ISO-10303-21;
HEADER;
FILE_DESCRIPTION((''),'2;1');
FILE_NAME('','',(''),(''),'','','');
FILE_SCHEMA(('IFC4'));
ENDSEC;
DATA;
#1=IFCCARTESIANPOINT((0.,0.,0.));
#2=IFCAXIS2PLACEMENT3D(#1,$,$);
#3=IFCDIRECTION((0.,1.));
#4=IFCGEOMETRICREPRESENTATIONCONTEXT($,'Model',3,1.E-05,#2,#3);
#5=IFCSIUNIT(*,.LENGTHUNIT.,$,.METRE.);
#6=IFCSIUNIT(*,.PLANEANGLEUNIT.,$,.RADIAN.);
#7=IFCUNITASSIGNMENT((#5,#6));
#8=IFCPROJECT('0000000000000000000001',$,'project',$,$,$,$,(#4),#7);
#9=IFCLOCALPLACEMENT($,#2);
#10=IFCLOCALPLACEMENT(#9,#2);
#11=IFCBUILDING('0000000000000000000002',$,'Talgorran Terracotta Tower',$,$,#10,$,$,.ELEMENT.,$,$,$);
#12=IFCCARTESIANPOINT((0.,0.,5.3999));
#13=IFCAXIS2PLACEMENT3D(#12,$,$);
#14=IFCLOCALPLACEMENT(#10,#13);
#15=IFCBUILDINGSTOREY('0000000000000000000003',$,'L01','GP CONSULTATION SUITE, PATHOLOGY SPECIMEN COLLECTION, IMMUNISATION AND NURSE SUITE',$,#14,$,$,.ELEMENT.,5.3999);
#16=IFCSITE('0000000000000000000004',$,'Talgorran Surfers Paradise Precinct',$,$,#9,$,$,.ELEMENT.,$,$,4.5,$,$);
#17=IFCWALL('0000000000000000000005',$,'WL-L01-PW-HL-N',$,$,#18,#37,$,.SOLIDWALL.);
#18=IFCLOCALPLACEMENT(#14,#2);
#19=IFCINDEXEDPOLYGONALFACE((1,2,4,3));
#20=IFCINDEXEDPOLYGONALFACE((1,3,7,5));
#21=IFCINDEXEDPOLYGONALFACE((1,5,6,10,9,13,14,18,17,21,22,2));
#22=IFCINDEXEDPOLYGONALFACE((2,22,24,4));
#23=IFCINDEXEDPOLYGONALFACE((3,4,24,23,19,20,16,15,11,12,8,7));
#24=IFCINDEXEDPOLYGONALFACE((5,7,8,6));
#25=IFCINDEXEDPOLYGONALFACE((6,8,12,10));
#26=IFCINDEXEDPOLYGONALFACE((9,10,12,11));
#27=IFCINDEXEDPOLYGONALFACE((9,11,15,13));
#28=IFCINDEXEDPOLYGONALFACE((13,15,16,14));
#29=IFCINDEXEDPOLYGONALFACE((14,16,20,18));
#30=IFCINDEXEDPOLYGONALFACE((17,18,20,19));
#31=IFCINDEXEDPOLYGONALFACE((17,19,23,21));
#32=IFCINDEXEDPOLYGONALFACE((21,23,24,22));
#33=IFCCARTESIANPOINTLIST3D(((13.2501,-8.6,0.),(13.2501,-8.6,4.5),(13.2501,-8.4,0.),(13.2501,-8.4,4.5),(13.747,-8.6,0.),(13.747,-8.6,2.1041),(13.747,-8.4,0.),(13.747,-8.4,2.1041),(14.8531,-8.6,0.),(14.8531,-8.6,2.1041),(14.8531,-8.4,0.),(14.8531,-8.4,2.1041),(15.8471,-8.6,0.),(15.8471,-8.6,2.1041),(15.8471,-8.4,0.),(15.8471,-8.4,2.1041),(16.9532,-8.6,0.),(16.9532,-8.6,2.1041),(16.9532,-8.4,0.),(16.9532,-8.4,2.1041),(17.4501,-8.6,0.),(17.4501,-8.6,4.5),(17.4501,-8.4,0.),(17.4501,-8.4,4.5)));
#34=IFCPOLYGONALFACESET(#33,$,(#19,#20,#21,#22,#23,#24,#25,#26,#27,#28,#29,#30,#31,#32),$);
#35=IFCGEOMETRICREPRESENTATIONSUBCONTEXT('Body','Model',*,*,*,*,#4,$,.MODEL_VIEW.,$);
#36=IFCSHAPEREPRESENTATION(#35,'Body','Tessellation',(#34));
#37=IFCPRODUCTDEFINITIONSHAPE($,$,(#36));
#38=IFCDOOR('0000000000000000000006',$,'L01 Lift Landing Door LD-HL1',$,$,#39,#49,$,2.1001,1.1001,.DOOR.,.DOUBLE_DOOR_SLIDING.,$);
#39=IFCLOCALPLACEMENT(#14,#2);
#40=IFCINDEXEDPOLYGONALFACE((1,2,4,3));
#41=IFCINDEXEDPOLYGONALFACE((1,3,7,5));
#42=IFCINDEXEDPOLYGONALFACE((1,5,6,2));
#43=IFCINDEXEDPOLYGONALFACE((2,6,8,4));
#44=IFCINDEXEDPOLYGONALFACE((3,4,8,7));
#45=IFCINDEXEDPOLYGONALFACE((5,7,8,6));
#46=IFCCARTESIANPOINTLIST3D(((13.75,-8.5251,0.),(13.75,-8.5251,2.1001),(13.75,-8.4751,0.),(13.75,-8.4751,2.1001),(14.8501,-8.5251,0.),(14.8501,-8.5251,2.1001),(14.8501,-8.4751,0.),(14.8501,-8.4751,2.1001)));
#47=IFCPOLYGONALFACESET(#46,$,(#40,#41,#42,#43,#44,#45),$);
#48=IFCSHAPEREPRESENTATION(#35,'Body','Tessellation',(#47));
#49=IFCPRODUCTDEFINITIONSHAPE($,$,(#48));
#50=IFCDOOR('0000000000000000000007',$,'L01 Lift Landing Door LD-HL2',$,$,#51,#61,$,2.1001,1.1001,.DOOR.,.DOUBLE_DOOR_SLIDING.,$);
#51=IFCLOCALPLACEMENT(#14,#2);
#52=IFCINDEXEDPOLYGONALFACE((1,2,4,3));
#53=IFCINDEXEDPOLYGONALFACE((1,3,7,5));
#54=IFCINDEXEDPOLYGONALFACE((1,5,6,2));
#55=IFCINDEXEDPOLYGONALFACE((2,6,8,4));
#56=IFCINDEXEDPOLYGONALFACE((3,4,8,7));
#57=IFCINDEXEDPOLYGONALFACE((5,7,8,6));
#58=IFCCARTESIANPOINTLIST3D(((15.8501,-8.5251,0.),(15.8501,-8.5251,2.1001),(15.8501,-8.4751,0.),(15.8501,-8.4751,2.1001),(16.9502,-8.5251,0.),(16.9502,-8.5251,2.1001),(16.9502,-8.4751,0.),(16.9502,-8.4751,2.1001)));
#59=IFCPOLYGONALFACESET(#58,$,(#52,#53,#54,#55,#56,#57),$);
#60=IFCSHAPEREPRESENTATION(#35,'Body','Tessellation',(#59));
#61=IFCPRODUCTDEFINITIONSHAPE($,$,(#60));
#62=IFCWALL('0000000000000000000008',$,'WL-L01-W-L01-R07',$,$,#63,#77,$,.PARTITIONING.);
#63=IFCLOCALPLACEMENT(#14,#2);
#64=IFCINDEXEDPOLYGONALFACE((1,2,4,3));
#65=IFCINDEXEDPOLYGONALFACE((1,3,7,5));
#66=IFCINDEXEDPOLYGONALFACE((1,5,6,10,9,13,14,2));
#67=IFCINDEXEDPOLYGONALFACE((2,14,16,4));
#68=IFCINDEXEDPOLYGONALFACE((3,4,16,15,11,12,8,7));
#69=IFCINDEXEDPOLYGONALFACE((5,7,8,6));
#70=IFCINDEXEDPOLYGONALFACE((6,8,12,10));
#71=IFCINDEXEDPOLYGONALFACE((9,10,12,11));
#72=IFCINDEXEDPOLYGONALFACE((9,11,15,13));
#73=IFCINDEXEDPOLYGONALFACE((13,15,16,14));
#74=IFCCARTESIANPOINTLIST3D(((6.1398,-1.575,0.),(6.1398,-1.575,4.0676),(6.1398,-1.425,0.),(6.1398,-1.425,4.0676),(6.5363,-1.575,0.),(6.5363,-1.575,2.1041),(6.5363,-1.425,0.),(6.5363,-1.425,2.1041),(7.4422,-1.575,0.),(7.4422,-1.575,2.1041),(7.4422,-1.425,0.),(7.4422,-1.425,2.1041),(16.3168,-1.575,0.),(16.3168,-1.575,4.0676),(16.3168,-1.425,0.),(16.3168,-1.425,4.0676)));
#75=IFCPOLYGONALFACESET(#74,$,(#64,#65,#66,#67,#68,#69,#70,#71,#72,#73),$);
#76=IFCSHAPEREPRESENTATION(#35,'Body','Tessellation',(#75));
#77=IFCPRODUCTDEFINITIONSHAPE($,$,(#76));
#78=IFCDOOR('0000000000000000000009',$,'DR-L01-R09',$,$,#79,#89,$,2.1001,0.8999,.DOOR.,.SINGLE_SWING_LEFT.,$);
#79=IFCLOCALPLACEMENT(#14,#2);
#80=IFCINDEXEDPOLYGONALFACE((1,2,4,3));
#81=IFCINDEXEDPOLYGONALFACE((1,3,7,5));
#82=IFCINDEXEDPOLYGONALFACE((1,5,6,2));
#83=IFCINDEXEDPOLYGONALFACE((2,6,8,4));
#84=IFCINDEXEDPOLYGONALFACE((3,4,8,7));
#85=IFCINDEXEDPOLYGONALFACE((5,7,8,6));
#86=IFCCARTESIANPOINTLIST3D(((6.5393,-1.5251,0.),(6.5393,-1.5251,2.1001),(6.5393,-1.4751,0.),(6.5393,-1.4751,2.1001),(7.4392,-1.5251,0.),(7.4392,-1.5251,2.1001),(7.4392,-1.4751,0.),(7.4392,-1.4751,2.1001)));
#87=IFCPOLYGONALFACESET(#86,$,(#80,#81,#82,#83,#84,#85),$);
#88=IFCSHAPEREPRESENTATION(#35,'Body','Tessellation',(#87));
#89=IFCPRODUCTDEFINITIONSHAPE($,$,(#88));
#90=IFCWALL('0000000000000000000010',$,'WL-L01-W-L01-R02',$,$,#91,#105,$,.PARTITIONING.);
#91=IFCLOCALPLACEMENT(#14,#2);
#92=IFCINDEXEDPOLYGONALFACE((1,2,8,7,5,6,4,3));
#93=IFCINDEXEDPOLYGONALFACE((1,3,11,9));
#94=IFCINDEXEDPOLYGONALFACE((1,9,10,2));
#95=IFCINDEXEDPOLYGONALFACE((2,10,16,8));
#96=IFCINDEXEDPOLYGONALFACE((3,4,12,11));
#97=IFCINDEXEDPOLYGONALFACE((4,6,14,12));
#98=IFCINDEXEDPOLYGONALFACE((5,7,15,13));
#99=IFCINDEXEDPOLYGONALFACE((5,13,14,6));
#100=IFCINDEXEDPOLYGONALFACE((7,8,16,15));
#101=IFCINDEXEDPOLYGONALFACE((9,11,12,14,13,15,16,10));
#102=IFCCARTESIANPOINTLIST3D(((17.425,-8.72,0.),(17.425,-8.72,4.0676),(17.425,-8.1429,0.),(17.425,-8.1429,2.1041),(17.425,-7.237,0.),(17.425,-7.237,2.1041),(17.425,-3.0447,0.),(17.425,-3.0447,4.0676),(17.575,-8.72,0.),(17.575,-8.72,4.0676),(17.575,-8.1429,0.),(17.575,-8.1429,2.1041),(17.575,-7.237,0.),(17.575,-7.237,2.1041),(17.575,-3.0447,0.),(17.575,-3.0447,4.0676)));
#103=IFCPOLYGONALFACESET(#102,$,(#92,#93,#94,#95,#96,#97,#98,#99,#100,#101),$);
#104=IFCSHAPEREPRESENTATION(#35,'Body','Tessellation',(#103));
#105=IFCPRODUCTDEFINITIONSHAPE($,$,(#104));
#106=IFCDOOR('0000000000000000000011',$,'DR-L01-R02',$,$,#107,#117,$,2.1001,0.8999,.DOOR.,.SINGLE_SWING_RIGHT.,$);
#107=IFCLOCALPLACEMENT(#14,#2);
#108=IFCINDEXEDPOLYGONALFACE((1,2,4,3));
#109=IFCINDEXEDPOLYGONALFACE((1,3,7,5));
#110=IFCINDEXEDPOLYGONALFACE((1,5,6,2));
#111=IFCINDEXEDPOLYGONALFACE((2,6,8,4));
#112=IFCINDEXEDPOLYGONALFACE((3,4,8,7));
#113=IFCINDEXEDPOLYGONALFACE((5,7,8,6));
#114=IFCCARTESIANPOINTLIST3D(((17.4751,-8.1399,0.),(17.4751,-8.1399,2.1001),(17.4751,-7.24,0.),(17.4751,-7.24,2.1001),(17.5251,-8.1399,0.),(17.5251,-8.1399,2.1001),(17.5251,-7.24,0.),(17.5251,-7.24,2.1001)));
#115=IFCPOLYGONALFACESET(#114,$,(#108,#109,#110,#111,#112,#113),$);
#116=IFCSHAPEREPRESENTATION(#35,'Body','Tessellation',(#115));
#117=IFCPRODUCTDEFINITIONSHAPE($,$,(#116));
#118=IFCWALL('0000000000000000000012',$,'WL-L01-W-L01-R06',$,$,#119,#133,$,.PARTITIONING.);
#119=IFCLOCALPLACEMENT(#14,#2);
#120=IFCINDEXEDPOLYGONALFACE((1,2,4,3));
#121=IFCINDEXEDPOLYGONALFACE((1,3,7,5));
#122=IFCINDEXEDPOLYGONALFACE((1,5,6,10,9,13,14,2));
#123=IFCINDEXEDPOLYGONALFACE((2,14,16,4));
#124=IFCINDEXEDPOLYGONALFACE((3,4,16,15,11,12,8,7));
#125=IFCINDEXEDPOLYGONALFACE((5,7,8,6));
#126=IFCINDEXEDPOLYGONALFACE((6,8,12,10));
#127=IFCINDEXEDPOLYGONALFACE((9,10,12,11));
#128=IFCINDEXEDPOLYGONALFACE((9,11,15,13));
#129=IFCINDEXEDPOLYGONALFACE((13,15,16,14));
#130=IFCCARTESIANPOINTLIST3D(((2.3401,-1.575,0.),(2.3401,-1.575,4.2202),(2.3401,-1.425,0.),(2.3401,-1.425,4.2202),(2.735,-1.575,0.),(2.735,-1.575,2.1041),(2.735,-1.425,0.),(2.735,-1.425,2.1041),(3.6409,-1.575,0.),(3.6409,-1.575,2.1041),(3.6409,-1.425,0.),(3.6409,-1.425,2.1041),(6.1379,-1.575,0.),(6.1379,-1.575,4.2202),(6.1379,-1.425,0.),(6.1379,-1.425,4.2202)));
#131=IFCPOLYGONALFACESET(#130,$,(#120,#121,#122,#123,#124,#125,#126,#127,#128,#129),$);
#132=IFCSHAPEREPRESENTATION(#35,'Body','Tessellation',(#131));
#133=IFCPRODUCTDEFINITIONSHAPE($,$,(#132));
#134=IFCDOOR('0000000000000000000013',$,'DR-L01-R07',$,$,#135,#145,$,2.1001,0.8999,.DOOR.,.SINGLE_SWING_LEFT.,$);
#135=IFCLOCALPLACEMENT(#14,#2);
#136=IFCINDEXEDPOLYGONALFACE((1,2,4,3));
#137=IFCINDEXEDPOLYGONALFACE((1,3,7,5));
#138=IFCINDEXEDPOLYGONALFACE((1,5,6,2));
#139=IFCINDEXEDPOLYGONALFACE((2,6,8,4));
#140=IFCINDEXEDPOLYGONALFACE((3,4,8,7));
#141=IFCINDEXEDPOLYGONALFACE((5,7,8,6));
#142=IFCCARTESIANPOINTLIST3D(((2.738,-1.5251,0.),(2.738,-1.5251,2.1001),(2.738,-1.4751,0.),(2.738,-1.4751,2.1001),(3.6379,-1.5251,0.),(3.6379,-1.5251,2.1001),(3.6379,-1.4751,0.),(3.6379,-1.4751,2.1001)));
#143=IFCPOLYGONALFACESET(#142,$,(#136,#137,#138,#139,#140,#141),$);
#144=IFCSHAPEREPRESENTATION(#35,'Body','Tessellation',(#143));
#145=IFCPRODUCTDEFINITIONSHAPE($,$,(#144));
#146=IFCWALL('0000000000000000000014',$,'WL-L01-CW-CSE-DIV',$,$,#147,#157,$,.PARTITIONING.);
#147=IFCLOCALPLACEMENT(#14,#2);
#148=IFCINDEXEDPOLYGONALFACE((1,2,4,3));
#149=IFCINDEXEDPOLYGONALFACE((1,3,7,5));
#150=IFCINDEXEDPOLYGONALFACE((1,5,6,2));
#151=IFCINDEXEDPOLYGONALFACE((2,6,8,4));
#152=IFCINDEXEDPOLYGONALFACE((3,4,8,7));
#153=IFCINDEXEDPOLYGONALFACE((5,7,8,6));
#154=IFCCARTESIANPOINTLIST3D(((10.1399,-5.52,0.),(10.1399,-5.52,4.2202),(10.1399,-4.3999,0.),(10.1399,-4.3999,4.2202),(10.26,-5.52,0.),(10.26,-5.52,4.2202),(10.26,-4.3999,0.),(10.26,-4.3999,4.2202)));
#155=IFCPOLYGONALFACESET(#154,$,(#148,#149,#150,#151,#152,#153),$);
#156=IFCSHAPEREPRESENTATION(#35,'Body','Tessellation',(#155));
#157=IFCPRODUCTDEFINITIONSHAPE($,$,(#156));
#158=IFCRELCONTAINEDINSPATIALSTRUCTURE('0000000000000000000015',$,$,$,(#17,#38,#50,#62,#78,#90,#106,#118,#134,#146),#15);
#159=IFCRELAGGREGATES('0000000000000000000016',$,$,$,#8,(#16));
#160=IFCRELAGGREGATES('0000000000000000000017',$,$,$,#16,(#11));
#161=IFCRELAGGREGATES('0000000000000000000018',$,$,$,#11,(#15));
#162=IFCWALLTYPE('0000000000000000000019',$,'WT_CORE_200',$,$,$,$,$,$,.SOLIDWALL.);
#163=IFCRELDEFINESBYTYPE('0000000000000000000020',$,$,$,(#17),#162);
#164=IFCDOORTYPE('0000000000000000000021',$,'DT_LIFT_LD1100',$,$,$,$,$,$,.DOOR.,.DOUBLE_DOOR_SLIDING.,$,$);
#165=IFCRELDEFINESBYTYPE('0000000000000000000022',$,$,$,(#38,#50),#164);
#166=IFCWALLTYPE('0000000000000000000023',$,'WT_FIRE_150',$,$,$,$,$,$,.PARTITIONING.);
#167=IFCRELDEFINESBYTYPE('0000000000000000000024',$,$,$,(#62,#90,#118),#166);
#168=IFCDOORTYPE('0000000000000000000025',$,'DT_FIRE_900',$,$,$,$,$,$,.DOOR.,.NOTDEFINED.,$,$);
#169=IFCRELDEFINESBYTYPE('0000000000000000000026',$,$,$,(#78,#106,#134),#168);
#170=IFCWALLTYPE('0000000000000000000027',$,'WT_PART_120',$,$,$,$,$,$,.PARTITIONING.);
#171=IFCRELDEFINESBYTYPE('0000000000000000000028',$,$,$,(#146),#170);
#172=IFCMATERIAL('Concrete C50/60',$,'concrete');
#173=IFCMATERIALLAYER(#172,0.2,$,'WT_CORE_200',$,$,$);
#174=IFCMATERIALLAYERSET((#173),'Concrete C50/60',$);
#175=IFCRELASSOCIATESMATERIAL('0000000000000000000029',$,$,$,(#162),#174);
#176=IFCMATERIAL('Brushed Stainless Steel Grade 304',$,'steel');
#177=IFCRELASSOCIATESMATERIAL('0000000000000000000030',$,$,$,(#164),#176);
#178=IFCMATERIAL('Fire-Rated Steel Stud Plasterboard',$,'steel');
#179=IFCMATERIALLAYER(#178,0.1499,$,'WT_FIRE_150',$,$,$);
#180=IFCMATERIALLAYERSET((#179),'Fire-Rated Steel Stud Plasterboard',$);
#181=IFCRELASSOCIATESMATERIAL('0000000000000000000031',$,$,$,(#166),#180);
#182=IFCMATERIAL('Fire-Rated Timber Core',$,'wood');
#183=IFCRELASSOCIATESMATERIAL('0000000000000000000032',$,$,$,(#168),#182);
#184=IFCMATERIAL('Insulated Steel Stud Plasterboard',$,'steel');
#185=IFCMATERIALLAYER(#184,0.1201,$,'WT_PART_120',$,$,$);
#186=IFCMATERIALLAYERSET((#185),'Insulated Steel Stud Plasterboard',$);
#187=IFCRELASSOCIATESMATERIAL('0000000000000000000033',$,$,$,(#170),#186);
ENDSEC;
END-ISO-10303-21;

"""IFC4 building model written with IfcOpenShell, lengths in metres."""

from ifc_helpers import new_model, si_unit, direction, frame, frame_2d, origin, place, context, subcontext, project, spatial, rectangle, extrude, material, layer, layer_set, type_object, element, fill, save


model = new_model("IFC4")

# Units and contexts
model_context = context("Model", 3, precision=1e-05, world=origin(), true_north=direction((0.0, 1.0)))
body_context = subcontext(model_context, "Body", "Model", "MODEL_VIEW")
ifc_project = project(units=[si_unit("LENGTHUNIT", "METRE"), si_unit("PLANEANGLEUNIT", "RADIAN")], contexts=[model_context])

# Site, building, storey
site_placement = place(None, origin())
site = spatial("IfcSite", under=ifc_project, at=site_placement, Name="Talgorran Surfers Paradise Precinct", CompositionType="ELEMENT", RefElevation=4.5)
building_placement = place(site_placement, origin())
building = spatial("IfcBuilding", under=site, at=building_placement, Name="Talgorran Terracotta Tower", CompositionType="ELEMENT")
storey_placement = place(building_placement, frame((0.0, 0.0, 5.3999)))
storey = spatial("IfcBuildingStorey", under=building, at=storey_placement, Name="L01", Description="GP CONSULTATION SUITE, PATHOLOGY SPECIMEN COLLECTION, IMMUNISATION AND NURSE SUITE", CompositionType="ELEMENT", Elevation=5.3999)

# Shared definitions
ifc_material_1 = material(Name="Concrete C50/60", Category="concrete")

# Shared definitions
ifc_layer_1 = layer(ifc_material_1, 0.2, Name="WT_CORE_200")
ifc_layer_set_1 = layer_set([ifc_layer_1], Name="Concrete C50/60")
wall_type_1 = type_object("IfcWallType", Name="WT_CORE_200", PredefinedType="SOLIDWALL", material=ifc_layer_set_1)

# Wall, openings, doors
wall_1_placement = place(storey_placement, frame((13.25, -8.5, 0.0), z_axis=(0.0, 0.0, 1.0), x_axis=(1.0, 0.0, 0.0)))
wall_1 = element("IfcWall", 1, at=wall_1_placement, inside=storey, type_object=wall_type_1, Name="WL-L01-PW-HL-N", PredefinedType="SOLIDWALL", context=body_context, shape_type="SweptSolid", body=[
    extrude(rectangle(XDim=4.2, YDim=0.2, at=frame_2d((2.1001, 0.0))), origin(), (0.0, 0.0, 1.0), 4.5),
])
opening_1_placement = place(wall_1_placement, frame((0.5, 0.0, 0.0)))
opening_1 = element("IfcOpeningElement", 2, at=opening_1_placement, cuts=wall_1, PredefinedType="OPENING", context=body_context, shape_type="SweptSolid", body=[
    extrude(rectangle(XDim=1.1061, YDim=2.1041, at=frame_2d((0.55, 1.052))), frame((0.0, 0.1099, 0.0), z_axis=(0.0, -1.0, 0.0), x_axis=(1.0, 0.0, 0.0)), (0.0, 0.0, 1.0), 0.22),
])
opening_2_placement = place(wall_1_placement, frame((2.6001, 0.0, 0.0)))
opening_2 = element("IfcOpeningElement", 3, at=opening_2_placement, cuts=wall_1, PredefinedType="OPENING", context=body_context, shape_type="SweptSolid", body=[
    extrude(rectangle(XDim=1.1061, YDim=2.1041, at=frame_2d((0.55, 1.052))), frame((0.0, 0.1099, 0.0), z_axis=(0.0, -1.0, 0.0), x_axis=(1.0, 0.0, 0.0)), (0.0, 0.0, 1.0), 0.22),
])
ifc_material_2 = material(Name="Brushed Stainless Steel Grade 304", Category="steel")
door_type_1 = type_object("IfcDoorType", Name="DT_LIFT_LD1100", OperationType="DOUBLE_DOOR_SLIDING", PredefinedType="DOOR", material=ifc_material_2)
door_1_placement = place(opening_1_placement, origin())
door_1 = element("IfcDoor", 4, at=door_1_placement, inside=storey, type_object=door_type_1, Name="L01 Lift Landing Door LD-HL1", OperationType="DOUBLE_DOOR_SLIDING", OverallHeight=2.1001, OverallWidth=1.1001, PredefinedType="DOOR", context=body_context, shape_type="SweptSolid", body=[
    extrude(rectangle(XDim=1.1001, YDim=2.1001, at=frame_2d((0.55, 1.05))), frame((0.0, 0.0249, 0.0), z_axis=(0.0, -1.0, 0.0), x_axis=(1.0, 0.0, 0.0)), (0.0, 0.0, 1.0), 0.05),
])
fill(opening_1, door_1)
door_2_placement = place(opening_2_placement, origin())
door_2 = element("IfcDoor", 5, at=door_2_placement, inside=storey, type_object=door_type_1, Name="L01 Lift Landing Door LD-HL2", OperationType="DOUBLE_DOOR_SLIDING", OverallHeight=2.1001, OverallWidth=1.1001, PredefinedType="DOOR", context=body_context, shape_type="SweptSolid", body=[
    extrude(rectangle(XDim=1.1001, YDim=2.1001, at=frame_2d((0.55, 1.05))), frame((0.0, 0.0249, 0.0), z_axis=(0.0, -1.0, 0.0), x_axis=(1.0, 0.0, 0.0)), (0.0, 0.0, 1.0), 0.05),
])
fill(opening_2, door_2)

# Walls, openings, doors
ifc_material_3 = material(Name="Fire-Rated Steel Stud Plasterboard", Category="steel")
ifc_layer_2 = layer(ifc_material_3, 0.1499, Name="WT_FIRE_150")
ifc_layer_set_2 = layer_set([ifc_layer_2], Name="Fire-Rated Steel Stud Plasterboard")
wall_type_2 = type_object("IfcWallType", Name="WT_FIRE_150", PredefinedType="PARTITIONING", material=ifc_layer_set_2)
wall_2_placement = place(storey_placement, frame((6.1399, -1.5, 0.0), z_axis=(0.0, 0.0, 1.0), x_axis=(1.0, 0.0, 0.0)))
wall_2 = element("IfcWall", 6, at=wall_2_placement, inside=storey, type_object=wall_type_2, Name="WL-L01-W-L01-R07", PredefinedType="PARTITIONING", context=body_context, shape_type="SweptSolid", body=[
    extrude(rectangle(XDim=10.177, YDim=0.1499, at=frame_2d((5.0884, 0.0))), origin(), (0.0, 0.0, 1.0), 4.0676),
])
opening_3_placement = place(wall_2_placement, frame((0.3994, 0.0, 0.0)))
opening_3 = element("IfcOpeningElement", 7, at=opening_3_placement, cuts=wall_2, PredefinedType="OPENING", context=body_context, shape_type="SweptSolid", body=[
    extrude(rectangle(XDim=0.9059, YDim=2.1041, at=frame_2d((0.45, 1.052))), frame((0.0, 0.085, 0.0), z_axis=(0.0, -1.0, 0.0), x_axis=(1.0, 0.0, 0.0)), (0.0, 0.0, 1.0), 0.1699),
])
ifc_material_4 = material(Name="Fire-Rated Timber Core", Category="wood")
door_type_2 = type_object("IfcDoorType", Name="DT_FIRE_900", OperationType="NOTDEFINED", PredefinedType="DOOR", material=ifc_material_4)
door_3_placement = place(opening_3_placement, origin())
door_3 = element("IfcDoor", 8, at=door_3_placement, inside=storey, type_object=door_type_2, Name="DR-L01-R09", OperationType="SINGLE_SWING_LEFT", OverallHeight=2.1001, OverallWidth=0.8999, PredefinedType="DOOR", context=body_context, shape_type="SweptSolid", body=[
    extrude(rectangle(XDim=0.8999, YDim=2.1001, at=frame_2d((0.45, 1.05))), frame((0.0, 0.0249, 0.0), z_axis=(0.0, -1.0, 0.0), x_axis=(1.0, 0.0, 0.0)), (0.0, 0.0, 1.0), 0.05),
])
fill(opening_3, door_3)
wall_3_placement = place(storey_placement, frame((17.5, -8.72, 0.0), z_axis=(0.0, 0.0, 1.0), x_axis=(0.0, 1.0, 0.0)))
wall_3 = element("IfcWall", 9, at=wall_3_placement, inside=storey, type_object=wall_type_2, Name="WL-L01-W-L01-R02", PredefinedType="PARTITIONING", context=body_context, shape_type="SweptSolid", body=[
    extrude(rectangle(XDim=5.6753, YDim=0.1499, at=frame_2d((2.8376, 0.0))), origin(), (0.0, 0.0, 1.0), 4.0676),
])
opening_4_placement = place(wall_3_placement, frame((0.5801, 0.0, 0.0)))
opening_4 = element("IfcOpeningElement", 10, at=opening_4_placement, cuts=wall_3, PredefinedType="OPENING", context=body_context, shape_type="SweptSolid", body=[
    extrude(rectangle(XDim=0.9059, YDim=2.1041, at=frame_2d((0.45, 1.052))), frame((0.0, 0.085, 0.0), z_axis=(0.0, -1.0, 0.0), x_axis=(1.0, 0.0, 0.0)), (0.0, 0.0, 1.0), 0.1699),
])
door_4_placement = place(opening_4_placement, origin())
door_4 = element("IfcDoor", 11, at=door_4_placement, inside=storey, type_object=door_type_2, Name="DR-L01-R02", OperationType="SINGLE_SWING_RIGHT", OverallHeight=2.1001, OverallWidth=0.8999, PredefinedType="DOOR", context=body_context, shape_type="SweptSolid", body=[
    extrude(rectangle(XDim=0.8999, YDim=2.1001, at=frame_2d((0.45, 1.05))), frame((0.0, 0.0249, 0.0), z_axis=(0.0, -1.0, 0.0), x_axis=(1.0, 0.0, 0.0)), (0.0, 0.0, 1.0), 0.05),
])
fill(opening_4, door_4)
wall_4_placement = place(storey_placement, frame((2.3401, -1.5, 0.0), z_axis=(0.0, 0.0, 1.0), x_axis=(1.0, 0.0, 0.0)))
wall_4 = element("IfcWall", 12, at=wall_4_placement, inside=storey, type_object=wall_type_2, Name="WL-L01-W-L01-R06", PredefinedType="PARTITIONING", context=body_context, shape_type="SweptSolid", body=[
    extrude(rectangle(XDim=3.7979, YDim=0.1499, at=frame_2d((1.8989, 0.0))), origin(), (0.0, 0.0, 1.0), 4.2202),
])
opening_5_placement = place(wall_4_placement, frame((0.3979, 0.0, 0.0)))
opening_5 = element("IfcOpeningElement", 13, at=opening_5_placement, cuts=wall_4, PredefinedType="OPENING", context=body_context, shape_type="SweptSolid", body=[
    extrude(rectangle(XDim=0.9059, YDim=2.1041, at=frame_2d((0.45, 1.052))), frame((0.0, 0.085, 0.0), z_axis=(0.0, -1.0, 0.0), x_axis=(1.0, 0.0, 0.0)), (0.0, 0.0, 1.0), 0.1699),
])
door_5_placement = place(opening_5_placement, origin())
door_5 = element("IfcDoor", 14, at=door_5_placement, inside=storey, type_object=door_type_2, Name="DR-L01-R07", OperationType="SINGLE_SWING_LEFT", OverallHeight=2.1001, OverallWidth=0.8999, PredefinedType="DOOR", context=body_context, shape_type="SweptSolid", body=[
    extrude(rectangle(XDim=0.8999, YDim=2.1001, at=frame_2d((0.45, 1.05))), frame((0.0, 0.0249, 0.0), z_axis=(0.0, -1.0, 0.0), x_axis=(1.0, 0.0, 0.0)), (0.0, 0.0, 1.0), 0.05),
])
fill(opening_5, door_5)

# Wall
ifc_material_5 = material(Name="Insulated Steel Stud Plasterboard", Category="steel")
ifc_layer_3 = layer(ifc_material_5, 0.1201, Name="WT_PART_120")
ifc_layer_set_3 = layer_set([ifc_layer_3], Name="Insulated Steel Stud Plasterboard")
wall_type_3 = type_object("IfcWallType", Name="WT_PART_120", PredefinedType="PARTITIONING", material=ifc_layer_set_3)
wall_5_placement = place(storey_placement, frame((10.2, -5.52, 0.0), z_axis=(0.0, 0.0, 1.0), x_axis=(0.0, 1.0, 0.0)))
element("IfcWall", 15, at=wall_5_placement, inside=storey, type_object=wall_type_3, Name="WL-L01-CW-CSE-DIV", PredefinedType="PARTITIONING", context=body_context, shape_type="SweptSolid", body=[
    extrude(rectangle(XDim=1.1201, YDim=0.1201, at=frame_2d((0.5601, 0.0))), origin(), (0.0, 0.0, 1.0), 4.2202),
])

save(model, "model.ifc")
